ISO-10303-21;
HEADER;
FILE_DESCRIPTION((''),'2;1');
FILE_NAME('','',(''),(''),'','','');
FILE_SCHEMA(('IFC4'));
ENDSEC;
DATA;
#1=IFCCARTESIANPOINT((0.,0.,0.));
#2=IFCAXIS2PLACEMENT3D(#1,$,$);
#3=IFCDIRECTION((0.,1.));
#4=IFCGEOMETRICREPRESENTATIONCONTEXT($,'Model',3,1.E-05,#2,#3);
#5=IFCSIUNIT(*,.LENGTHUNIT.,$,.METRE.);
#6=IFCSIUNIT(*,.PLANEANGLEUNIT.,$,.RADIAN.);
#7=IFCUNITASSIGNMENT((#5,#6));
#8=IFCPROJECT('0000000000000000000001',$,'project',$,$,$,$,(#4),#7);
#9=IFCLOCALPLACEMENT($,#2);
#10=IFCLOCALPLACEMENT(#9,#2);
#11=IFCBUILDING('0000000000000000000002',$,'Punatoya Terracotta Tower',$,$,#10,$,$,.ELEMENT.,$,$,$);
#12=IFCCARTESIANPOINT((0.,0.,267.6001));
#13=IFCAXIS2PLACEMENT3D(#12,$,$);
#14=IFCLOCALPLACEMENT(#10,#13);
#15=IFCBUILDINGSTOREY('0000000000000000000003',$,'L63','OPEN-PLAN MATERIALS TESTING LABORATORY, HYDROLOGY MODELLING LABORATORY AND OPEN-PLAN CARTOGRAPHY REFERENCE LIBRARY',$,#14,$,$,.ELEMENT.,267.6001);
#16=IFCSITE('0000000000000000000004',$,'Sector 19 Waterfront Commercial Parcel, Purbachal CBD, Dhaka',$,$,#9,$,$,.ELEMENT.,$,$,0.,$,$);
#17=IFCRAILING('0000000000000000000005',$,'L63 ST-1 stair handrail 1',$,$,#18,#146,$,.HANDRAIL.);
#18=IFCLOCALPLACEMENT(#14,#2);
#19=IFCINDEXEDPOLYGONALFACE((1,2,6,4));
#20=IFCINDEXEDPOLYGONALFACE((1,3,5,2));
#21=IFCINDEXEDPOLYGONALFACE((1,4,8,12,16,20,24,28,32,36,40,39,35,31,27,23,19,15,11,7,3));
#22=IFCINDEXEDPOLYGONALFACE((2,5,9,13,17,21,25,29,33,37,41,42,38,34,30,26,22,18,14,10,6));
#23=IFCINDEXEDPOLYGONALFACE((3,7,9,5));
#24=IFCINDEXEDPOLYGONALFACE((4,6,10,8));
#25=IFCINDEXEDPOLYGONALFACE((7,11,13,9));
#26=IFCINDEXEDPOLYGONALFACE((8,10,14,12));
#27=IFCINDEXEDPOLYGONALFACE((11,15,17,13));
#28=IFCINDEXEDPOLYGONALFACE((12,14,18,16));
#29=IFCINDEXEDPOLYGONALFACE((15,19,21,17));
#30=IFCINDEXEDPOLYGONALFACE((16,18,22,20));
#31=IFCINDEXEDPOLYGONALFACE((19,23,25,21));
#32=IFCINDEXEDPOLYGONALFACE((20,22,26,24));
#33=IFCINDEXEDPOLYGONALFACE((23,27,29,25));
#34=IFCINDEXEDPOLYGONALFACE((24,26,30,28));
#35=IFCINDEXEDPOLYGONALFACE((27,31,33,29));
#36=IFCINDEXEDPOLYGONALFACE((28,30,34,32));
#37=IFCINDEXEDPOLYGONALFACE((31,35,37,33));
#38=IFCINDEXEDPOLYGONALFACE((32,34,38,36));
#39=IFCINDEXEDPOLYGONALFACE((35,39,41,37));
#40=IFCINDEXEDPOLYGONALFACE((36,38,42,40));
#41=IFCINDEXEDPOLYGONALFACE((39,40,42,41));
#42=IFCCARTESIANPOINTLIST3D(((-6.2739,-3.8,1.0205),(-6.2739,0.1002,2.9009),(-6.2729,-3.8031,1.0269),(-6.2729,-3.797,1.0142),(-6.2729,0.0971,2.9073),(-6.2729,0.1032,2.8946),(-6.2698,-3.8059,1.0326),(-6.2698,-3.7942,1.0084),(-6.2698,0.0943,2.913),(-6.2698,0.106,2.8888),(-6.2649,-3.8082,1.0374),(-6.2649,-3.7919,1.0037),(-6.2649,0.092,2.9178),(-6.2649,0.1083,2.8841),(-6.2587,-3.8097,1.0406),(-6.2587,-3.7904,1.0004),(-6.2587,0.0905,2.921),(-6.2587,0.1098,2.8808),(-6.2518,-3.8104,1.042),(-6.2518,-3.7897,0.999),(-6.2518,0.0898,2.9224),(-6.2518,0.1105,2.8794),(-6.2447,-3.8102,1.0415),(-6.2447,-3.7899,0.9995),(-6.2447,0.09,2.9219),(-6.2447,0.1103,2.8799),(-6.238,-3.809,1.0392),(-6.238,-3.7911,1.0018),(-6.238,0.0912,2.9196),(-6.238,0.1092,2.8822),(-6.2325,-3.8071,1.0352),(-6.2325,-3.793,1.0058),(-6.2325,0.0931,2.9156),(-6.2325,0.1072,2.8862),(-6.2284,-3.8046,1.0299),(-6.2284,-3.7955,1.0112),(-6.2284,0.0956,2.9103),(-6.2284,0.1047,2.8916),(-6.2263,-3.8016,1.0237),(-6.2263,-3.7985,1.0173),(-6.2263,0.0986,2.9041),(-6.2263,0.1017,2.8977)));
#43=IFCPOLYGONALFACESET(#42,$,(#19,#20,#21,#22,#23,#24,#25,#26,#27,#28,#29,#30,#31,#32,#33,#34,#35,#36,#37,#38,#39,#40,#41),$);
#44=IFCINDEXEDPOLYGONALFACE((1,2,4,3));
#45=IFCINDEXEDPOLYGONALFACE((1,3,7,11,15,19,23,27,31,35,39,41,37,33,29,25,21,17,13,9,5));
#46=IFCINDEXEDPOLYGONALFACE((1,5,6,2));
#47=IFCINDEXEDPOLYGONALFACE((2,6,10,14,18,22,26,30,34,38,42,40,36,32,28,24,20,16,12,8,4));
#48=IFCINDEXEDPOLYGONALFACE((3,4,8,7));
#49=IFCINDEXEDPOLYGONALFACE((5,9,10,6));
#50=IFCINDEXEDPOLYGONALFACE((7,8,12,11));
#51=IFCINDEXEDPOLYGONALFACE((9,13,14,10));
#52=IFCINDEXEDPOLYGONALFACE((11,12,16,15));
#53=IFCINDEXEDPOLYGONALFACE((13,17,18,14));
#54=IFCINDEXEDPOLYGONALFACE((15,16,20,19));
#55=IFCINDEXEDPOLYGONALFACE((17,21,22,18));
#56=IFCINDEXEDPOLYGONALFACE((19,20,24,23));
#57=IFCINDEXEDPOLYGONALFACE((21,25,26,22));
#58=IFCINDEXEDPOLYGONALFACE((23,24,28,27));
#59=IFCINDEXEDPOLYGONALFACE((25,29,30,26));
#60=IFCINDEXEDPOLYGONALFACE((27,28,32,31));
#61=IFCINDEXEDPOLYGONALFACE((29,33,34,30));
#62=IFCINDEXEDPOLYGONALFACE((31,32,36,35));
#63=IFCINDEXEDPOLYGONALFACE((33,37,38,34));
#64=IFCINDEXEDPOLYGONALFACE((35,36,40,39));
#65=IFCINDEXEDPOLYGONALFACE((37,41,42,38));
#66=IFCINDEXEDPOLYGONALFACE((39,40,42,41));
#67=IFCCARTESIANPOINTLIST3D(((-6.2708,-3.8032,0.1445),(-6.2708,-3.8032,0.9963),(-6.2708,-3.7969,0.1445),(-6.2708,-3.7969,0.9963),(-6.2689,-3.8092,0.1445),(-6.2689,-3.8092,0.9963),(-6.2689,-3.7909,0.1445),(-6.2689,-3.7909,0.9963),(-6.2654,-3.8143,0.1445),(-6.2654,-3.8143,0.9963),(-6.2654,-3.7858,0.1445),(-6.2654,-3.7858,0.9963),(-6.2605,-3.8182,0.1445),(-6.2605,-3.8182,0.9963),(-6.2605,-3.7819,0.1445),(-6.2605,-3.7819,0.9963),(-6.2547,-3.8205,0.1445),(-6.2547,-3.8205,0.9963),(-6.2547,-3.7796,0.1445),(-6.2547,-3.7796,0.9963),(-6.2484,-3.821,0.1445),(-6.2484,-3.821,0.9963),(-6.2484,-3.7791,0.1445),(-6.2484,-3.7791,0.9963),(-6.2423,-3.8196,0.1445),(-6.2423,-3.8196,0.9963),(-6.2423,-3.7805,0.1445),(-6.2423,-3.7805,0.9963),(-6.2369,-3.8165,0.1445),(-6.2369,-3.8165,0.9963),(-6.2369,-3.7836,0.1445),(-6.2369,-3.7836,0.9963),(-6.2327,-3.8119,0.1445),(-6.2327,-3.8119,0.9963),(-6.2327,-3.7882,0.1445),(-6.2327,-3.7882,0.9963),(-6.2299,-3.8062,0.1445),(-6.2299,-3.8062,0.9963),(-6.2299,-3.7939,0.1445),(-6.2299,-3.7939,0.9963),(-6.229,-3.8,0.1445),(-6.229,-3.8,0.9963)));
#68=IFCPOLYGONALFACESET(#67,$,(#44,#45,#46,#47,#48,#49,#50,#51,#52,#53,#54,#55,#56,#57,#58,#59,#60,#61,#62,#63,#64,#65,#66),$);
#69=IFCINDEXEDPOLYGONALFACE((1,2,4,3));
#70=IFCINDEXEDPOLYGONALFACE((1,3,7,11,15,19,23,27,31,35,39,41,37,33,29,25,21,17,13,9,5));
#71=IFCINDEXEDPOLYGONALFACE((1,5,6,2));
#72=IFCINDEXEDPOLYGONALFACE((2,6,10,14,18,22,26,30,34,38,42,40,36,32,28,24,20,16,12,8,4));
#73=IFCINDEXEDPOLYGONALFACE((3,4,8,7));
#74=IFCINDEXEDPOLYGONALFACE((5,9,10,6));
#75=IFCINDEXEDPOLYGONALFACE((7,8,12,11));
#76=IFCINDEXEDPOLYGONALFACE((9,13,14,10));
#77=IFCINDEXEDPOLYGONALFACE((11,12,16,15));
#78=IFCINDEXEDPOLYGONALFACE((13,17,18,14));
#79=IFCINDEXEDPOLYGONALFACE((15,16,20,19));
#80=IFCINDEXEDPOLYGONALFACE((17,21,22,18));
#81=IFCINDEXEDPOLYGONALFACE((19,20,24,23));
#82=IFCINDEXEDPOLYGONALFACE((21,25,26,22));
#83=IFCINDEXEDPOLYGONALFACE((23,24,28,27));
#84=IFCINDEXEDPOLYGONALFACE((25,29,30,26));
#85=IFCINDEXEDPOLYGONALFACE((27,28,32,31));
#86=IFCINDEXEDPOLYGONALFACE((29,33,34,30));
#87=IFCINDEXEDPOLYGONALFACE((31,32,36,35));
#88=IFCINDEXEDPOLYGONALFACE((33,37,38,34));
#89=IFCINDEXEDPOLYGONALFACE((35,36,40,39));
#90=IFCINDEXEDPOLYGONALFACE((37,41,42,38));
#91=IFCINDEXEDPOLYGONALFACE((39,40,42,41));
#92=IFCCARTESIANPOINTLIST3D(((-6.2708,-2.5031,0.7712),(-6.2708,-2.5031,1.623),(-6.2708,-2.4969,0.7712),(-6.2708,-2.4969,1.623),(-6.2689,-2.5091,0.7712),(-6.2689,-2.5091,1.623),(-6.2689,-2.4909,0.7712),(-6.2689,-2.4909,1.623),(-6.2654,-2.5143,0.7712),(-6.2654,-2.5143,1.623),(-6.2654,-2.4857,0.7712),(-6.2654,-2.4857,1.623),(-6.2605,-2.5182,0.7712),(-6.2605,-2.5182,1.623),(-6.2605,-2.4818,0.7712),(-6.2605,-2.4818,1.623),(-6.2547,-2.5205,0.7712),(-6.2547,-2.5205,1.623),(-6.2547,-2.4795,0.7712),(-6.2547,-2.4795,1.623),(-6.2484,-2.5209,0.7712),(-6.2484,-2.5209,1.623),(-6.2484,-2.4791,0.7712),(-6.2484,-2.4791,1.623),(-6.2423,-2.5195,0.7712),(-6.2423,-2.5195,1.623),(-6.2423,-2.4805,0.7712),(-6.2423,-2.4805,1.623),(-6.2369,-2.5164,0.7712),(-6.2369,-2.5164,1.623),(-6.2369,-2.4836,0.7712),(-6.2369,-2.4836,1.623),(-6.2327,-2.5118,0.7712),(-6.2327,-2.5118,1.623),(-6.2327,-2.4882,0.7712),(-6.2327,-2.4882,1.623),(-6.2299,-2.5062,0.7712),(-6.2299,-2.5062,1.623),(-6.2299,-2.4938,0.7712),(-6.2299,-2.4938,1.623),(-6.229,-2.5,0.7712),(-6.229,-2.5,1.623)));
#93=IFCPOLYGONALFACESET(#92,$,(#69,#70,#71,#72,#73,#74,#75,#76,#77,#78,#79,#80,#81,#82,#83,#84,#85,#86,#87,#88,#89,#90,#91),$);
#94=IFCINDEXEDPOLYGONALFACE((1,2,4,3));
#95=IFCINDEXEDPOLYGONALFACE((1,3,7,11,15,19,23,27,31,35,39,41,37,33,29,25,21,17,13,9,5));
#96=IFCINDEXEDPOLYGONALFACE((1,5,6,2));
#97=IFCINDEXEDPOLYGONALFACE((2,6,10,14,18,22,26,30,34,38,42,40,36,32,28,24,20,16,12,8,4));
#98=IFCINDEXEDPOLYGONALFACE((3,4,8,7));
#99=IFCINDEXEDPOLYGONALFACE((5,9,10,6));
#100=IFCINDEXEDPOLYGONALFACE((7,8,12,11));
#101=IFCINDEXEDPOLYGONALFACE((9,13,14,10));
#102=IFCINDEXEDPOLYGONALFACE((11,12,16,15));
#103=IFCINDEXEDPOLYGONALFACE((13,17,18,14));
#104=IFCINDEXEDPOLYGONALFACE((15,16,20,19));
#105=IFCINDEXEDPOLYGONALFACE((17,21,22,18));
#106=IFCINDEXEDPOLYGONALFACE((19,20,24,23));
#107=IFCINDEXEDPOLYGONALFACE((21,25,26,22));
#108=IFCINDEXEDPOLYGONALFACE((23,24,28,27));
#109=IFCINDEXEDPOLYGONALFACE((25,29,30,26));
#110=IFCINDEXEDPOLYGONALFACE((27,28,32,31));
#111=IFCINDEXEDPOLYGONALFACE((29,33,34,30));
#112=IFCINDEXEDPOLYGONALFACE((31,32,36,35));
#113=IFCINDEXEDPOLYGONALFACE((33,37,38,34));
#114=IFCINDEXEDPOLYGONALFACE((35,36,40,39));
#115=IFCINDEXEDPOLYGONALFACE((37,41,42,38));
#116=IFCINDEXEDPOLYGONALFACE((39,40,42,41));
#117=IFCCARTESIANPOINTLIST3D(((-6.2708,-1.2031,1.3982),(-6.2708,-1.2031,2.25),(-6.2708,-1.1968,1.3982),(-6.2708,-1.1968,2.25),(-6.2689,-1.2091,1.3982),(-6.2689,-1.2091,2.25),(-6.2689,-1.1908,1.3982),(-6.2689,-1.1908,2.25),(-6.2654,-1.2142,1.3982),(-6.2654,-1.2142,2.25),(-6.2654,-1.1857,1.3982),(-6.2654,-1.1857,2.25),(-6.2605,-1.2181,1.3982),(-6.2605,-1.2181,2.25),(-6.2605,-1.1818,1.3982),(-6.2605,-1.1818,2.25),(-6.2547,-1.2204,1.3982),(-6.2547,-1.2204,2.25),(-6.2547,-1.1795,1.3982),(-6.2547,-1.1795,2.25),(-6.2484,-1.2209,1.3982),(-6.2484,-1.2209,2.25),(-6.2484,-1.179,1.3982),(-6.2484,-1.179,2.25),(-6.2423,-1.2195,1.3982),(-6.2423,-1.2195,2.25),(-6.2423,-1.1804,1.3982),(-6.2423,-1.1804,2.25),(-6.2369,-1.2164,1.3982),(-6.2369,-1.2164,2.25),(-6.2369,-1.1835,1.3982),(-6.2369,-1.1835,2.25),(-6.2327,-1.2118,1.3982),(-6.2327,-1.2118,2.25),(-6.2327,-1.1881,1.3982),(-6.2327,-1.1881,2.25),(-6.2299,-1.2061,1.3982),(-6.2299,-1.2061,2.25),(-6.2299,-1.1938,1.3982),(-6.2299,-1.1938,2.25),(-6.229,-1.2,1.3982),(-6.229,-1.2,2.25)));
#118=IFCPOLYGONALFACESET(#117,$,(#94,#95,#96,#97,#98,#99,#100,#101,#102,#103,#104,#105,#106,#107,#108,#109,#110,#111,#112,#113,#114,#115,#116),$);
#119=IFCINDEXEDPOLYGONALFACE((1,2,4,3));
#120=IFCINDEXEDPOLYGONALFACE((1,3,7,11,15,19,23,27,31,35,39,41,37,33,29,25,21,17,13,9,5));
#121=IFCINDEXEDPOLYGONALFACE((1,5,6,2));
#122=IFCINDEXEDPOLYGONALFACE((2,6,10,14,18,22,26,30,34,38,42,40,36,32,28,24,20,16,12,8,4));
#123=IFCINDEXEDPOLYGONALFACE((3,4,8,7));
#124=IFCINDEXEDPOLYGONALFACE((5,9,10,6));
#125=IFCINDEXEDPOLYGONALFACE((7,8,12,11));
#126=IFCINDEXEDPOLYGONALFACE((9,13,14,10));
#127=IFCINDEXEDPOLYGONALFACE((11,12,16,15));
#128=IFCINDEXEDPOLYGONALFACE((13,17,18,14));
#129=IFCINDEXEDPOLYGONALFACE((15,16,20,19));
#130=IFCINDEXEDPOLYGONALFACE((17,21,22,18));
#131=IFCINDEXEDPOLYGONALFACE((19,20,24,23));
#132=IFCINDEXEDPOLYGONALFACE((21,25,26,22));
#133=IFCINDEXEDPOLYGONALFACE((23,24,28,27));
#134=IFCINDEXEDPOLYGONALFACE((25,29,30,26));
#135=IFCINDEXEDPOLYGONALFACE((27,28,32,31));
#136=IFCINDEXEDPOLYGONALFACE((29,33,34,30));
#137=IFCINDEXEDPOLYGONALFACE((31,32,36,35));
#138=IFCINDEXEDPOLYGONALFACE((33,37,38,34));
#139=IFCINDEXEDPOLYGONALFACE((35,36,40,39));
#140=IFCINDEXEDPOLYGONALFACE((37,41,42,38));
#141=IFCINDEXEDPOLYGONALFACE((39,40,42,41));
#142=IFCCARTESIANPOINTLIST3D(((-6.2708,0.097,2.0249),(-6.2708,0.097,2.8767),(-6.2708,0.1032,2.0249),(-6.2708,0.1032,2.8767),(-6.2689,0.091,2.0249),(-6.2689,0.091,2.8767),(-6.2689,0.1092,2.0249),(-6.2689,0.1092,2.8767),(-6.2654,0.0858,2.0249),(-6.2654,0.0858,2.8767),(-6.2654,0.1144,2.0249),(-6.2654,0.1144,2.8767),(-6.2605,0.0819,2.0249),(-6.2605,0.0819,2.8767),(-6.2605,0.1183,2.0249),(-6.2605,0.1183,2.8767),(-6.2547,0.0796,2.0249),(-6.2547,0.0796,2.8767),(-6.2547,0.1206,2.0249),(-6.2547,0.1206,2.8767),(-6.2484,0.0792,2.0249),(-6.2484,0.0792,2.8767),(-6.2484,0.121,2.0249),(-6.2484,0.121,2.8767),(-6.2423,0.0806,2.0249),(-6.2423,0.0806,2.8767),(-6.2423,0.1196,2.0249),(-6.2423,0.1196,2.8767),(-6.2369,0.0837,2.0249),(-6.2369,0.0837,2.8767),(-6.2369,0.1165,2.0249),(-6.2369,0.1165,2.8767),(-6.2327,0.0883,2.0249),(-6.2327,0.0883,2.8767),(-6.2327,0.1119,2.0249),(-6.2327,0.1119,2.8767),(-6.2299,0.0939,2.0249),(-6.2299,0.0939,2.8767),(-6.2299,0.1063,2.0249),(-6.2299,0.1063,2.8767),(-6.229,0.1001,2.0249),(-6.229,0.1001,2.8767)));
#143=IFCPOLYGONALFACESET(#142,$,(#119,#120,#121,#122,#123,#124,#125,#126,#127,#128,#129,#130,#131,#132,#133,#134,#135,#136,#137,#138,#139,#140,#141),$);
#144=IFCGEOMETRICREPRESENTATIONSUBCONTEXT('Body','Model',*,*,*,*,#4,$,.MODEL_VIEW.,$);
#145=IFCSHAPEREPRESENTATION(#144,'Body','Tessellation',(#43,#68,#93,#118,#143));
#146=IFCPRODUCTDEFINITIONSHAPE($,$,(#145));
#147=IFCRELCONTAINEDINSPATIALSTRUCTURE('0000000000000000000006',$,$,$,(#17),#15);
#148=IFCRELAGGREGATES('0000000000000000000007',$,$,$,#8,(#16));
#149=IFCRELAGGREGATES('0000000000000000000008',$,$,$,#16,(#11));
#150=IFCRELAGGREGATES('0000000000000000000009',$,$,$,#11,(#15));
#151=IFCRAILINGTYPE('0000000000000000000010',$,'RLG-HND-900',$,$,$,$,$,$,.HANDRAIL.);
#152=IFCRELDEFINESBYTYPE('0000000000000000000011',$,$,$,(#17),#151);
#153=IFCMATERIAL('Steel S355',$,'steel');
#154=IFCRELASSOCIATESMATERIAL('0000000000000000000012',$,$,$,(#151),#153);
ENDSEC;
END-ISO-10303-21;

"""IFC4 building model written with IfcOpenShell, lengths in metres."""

from ifc_helpers import new_model, si_unit, direction, frame, origin, origin_2d, place, context, subcontext, project, spatial, circle, extrude, material, type_object, element, save


model = new_model("IFC4")

# Units and contexts
model_context = context("Model", 3, precision=1e-05, world=origin(), true_north=direction((0.0, 1.0)))
body_context = subcontext(model_context, "Body", "Model", "MODEL_VIEW")
ifc_project = project(units=[si_unit("LENGTHUNIT", "METRE"), si_unit("PLANEANGLEUNIT", "RADIAN")], contexts=[model_context])

# Site, building, storey
site_placement = place(None, origin())
site = spatial("IfcSite", under=ifc_project, at=site_placement, Name="Sector 19 Waterfront Commercial Parcel, Purbachal CBD, Dhaka", CompositionType="ELEMENT", RefElevation=0.0)
building_placement = place(site_placement, origin())
building = spatial("IfcBuilding", under=site, at=building_placement, Name="Punatoya Terracotta Tower", CompositionType="ELEMENT")
storey_placement = place(building_placement, frame((0.0, 0.0, 267.6001)))
storey = spatial("IfcBuildingStorey", under=building, at=storey_placement, Name="L63", Description="OPEN-PLAN MATERIALS TESTING LABORATORY, HYDROLOGY MODELLING LABORATORY AND OPEN-PLAN CARTOGRAPHY REFERENCE LIBRARY", CompositionType="ELEMENT", Elevation=267.6001)

# Railing
ifc_material_1 = material(Name="Steel S355", Category="steel")
railing_type_1 = type_object("IfcRailingType", Name="RLG-HND-900", PredefinedType="HANDRAIL", material=ifc_material_1)
railing_1_placement = place(storey_placement, frame((-6.25, -3.8, 0.1445)))
element("IfcRailing", 1, at=railing_1_placement, inside=storey, type_object=railing_type_1, Name="L63 ST-1 stair handrail 1", PredefinedType="HANDRAIL", context=body_context, shape_type="SweptSolid", body=[
    extrude(circle(Radius=0.0239, at=origin_2d()), frame((0.0, 0.0, 0.876), z_axis=(0.0, 0.900774, 0.434289), x_axis=(-1.0, 0.0, 0.0)), (0.0, 0.0, 1.0), 4.3298),
    extrude(circle(Radius=0.021, at=origin_2d()), origin(), (0.0, 0.0, 1.0), 0.8518),
    extrude(circle(Radius=0.021, at=origin_2d()), frame((0.0, 1.3, 0.6267)), (0.0, 0.0, 1.0), 0.8518),
    extrude(circle(Radius=0.021, at=origin_2d()), frame((0.0, 2.6001, 1.2537)), (0.0, 0.0, 1.0), 0.8518),
    extrude(circle(Radius=0.021, at=origin_2d()), frame((0.0, 3.9001, 1.8804)), (0.0, 0.0, 1.0), 0.8518),
])

save(model, "model.ifc")
